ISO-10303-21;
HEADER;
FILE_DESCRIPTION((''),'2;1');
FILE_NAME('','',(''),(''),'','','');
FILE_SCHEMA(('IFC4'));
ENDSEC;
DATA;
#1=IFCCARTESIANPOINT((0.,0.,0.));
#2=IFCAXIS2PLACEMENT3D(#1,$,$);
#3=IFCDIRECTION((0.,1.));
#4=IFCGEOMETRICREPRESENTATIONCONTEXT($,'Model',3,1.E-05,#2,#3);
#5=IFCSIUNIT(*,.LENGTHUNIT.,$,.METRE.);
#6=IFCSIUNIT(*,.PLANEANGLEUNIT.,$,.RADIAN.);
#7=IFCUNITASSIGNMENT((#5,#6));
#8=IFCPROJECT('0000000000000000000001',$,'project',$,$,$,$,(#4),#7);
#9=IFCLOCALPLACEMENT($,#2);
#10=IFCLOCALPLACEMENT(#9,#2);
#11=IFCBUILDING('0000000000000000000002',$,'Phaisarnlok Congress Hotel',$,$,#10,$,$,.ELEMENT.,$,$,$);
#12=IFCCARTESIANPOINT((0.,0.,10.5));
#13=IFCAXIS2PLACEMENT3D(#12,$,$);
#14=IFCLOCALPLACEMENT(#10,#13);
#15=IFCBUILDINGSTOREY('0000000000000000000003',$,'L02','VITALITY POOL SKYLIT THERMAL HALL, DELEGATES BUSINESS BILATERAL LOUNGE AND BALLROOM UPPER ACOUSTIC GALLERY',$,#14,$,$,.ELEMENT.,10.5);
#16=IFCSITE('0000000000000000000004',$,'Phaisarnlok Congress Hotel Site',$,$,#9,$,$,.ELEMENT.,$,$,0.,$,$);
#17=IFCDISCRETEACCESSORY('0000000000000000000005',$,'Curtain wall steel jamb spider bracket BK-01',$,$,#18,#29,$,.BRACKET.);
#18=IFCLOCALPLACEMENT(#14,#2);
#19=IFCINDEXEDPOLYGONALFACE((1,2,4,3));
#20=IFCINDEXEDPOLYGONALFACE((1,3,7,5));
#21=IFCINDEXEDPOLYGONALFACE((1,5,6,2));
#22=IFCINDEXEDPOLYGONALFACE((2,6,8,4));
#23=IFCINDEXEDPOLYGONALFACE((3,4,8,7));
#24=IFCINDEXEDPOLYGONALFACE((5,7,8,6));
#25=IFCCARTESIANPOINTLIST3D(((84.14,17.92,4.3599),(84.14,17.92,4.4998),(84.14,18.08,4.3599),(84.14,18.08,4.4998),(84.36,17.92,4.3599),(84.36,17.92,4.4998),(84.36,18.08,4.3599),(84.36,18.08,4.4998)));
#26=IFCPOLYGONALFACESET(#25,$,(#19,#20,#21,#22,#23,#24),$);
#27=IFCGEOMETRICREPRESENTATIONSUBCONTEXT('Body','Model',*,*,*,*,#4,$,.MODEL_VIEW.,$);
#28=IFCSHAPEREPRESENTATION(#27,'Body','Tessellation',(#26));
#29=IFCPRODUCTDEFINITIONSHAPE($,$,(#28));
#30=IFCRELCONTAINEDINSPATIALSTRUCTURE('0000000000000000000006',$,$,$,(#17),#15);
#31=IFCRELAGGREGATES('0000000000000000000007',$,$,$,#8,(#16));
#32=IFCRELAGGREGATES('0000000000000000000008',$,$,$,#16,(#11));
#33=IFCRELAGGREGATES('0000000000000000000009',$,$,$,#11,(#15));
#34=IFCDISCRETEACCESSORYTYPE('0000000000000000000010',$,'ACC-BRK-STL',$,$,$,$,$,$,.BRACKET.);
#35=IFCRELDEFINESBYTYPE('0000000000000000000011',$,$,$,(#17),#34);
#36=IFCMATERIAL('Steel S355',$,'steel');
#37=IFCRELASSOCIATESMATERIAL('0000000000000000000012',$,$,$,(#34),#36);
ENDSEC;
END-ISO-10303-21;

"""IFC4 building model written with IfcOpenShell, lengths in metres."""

from ifc_helpers import new_model, si_unit, direction, frame, origin, origin_2d, place, context, subcontext, project, spatial, rectangle, extrude, material, type_object, element, save


model = new_model("IFC4")

# Units and contexts
model_context = context("Model", 3, precision=1e-05, world=origin(), true_north=direction((0.0, 1.0)))
body_context = subcontext(model_context, "Body", "Model", "MODEL_VIEW")
ifc_project = project(units=[si_unit("LENGTHUNIT", "METRE"), si_unit("PLANEANGLEUNIT", "RADIAN")], contexts=[model_context])

# Site, building, storey
site_placement = place(None, origin())
site = spatial("IfcSite", under=ifc_project, at=site_placement, Name="Phaisarnlok Congress Hotel Site", CompositionType="ELEMENT", RefElevation=0.0)
building_placement = place(site_placement, origin())
building = spatial("IfcBuilding", under=site, at=building_placement, Name="Phaisarnlok Congress Hotel", CompositionType="ELEMENT")
storey_placement = place(building_placement, frame((0.0, 0.0, 10.5)))
storey = spatial("IfcBuildingStorey", under=building, at=storey_placement, Name="L02", Description="VITALITY POOL SKYLIT THERMAL HALL, DELEGATES BUSINESS BILATERAL LOUNGE AND BALLROOM UPPER ACOUSTIC GALLERY", CompositionType="ELEMENT", Elevation=10.5)

# Shared definitions
ifc_material_1 = material(Name="Steel S355", Category="steel")

# Discrete accessory
discrete_accessory_type = type_object("IfcDiscreteAccessoryType", Name="ACC-BRK-STL", PredefinedType="BRACKET", material=ifc_material_1)
for number, where, z_axis, x_axis, name in (
    (1, (84.25, 18.0, 4.3599), (0.0, 0.0, 1.0), (1.0, 0.0, 0.0), "Curtain wall steel jamb spider bracket BK-01"),
):
    element("IfcDiscreteAccessory", number, at=place(storey_placement, frame(where, z_axis=z_axis, x_axis=x_axis)), inside=storey, type_object=discrete_accessory_type, Name=name, PredefinedType="BRACKET", context=body_context, shape_type="SweptSolid", body=[
        extrude(rectangle(XDim=0.22, YDim=0.1599, at=origin_2d()), origin(), (0.0, 0.0, 1.0), 0.1399),
    ])

save(model, "model.ifc")
